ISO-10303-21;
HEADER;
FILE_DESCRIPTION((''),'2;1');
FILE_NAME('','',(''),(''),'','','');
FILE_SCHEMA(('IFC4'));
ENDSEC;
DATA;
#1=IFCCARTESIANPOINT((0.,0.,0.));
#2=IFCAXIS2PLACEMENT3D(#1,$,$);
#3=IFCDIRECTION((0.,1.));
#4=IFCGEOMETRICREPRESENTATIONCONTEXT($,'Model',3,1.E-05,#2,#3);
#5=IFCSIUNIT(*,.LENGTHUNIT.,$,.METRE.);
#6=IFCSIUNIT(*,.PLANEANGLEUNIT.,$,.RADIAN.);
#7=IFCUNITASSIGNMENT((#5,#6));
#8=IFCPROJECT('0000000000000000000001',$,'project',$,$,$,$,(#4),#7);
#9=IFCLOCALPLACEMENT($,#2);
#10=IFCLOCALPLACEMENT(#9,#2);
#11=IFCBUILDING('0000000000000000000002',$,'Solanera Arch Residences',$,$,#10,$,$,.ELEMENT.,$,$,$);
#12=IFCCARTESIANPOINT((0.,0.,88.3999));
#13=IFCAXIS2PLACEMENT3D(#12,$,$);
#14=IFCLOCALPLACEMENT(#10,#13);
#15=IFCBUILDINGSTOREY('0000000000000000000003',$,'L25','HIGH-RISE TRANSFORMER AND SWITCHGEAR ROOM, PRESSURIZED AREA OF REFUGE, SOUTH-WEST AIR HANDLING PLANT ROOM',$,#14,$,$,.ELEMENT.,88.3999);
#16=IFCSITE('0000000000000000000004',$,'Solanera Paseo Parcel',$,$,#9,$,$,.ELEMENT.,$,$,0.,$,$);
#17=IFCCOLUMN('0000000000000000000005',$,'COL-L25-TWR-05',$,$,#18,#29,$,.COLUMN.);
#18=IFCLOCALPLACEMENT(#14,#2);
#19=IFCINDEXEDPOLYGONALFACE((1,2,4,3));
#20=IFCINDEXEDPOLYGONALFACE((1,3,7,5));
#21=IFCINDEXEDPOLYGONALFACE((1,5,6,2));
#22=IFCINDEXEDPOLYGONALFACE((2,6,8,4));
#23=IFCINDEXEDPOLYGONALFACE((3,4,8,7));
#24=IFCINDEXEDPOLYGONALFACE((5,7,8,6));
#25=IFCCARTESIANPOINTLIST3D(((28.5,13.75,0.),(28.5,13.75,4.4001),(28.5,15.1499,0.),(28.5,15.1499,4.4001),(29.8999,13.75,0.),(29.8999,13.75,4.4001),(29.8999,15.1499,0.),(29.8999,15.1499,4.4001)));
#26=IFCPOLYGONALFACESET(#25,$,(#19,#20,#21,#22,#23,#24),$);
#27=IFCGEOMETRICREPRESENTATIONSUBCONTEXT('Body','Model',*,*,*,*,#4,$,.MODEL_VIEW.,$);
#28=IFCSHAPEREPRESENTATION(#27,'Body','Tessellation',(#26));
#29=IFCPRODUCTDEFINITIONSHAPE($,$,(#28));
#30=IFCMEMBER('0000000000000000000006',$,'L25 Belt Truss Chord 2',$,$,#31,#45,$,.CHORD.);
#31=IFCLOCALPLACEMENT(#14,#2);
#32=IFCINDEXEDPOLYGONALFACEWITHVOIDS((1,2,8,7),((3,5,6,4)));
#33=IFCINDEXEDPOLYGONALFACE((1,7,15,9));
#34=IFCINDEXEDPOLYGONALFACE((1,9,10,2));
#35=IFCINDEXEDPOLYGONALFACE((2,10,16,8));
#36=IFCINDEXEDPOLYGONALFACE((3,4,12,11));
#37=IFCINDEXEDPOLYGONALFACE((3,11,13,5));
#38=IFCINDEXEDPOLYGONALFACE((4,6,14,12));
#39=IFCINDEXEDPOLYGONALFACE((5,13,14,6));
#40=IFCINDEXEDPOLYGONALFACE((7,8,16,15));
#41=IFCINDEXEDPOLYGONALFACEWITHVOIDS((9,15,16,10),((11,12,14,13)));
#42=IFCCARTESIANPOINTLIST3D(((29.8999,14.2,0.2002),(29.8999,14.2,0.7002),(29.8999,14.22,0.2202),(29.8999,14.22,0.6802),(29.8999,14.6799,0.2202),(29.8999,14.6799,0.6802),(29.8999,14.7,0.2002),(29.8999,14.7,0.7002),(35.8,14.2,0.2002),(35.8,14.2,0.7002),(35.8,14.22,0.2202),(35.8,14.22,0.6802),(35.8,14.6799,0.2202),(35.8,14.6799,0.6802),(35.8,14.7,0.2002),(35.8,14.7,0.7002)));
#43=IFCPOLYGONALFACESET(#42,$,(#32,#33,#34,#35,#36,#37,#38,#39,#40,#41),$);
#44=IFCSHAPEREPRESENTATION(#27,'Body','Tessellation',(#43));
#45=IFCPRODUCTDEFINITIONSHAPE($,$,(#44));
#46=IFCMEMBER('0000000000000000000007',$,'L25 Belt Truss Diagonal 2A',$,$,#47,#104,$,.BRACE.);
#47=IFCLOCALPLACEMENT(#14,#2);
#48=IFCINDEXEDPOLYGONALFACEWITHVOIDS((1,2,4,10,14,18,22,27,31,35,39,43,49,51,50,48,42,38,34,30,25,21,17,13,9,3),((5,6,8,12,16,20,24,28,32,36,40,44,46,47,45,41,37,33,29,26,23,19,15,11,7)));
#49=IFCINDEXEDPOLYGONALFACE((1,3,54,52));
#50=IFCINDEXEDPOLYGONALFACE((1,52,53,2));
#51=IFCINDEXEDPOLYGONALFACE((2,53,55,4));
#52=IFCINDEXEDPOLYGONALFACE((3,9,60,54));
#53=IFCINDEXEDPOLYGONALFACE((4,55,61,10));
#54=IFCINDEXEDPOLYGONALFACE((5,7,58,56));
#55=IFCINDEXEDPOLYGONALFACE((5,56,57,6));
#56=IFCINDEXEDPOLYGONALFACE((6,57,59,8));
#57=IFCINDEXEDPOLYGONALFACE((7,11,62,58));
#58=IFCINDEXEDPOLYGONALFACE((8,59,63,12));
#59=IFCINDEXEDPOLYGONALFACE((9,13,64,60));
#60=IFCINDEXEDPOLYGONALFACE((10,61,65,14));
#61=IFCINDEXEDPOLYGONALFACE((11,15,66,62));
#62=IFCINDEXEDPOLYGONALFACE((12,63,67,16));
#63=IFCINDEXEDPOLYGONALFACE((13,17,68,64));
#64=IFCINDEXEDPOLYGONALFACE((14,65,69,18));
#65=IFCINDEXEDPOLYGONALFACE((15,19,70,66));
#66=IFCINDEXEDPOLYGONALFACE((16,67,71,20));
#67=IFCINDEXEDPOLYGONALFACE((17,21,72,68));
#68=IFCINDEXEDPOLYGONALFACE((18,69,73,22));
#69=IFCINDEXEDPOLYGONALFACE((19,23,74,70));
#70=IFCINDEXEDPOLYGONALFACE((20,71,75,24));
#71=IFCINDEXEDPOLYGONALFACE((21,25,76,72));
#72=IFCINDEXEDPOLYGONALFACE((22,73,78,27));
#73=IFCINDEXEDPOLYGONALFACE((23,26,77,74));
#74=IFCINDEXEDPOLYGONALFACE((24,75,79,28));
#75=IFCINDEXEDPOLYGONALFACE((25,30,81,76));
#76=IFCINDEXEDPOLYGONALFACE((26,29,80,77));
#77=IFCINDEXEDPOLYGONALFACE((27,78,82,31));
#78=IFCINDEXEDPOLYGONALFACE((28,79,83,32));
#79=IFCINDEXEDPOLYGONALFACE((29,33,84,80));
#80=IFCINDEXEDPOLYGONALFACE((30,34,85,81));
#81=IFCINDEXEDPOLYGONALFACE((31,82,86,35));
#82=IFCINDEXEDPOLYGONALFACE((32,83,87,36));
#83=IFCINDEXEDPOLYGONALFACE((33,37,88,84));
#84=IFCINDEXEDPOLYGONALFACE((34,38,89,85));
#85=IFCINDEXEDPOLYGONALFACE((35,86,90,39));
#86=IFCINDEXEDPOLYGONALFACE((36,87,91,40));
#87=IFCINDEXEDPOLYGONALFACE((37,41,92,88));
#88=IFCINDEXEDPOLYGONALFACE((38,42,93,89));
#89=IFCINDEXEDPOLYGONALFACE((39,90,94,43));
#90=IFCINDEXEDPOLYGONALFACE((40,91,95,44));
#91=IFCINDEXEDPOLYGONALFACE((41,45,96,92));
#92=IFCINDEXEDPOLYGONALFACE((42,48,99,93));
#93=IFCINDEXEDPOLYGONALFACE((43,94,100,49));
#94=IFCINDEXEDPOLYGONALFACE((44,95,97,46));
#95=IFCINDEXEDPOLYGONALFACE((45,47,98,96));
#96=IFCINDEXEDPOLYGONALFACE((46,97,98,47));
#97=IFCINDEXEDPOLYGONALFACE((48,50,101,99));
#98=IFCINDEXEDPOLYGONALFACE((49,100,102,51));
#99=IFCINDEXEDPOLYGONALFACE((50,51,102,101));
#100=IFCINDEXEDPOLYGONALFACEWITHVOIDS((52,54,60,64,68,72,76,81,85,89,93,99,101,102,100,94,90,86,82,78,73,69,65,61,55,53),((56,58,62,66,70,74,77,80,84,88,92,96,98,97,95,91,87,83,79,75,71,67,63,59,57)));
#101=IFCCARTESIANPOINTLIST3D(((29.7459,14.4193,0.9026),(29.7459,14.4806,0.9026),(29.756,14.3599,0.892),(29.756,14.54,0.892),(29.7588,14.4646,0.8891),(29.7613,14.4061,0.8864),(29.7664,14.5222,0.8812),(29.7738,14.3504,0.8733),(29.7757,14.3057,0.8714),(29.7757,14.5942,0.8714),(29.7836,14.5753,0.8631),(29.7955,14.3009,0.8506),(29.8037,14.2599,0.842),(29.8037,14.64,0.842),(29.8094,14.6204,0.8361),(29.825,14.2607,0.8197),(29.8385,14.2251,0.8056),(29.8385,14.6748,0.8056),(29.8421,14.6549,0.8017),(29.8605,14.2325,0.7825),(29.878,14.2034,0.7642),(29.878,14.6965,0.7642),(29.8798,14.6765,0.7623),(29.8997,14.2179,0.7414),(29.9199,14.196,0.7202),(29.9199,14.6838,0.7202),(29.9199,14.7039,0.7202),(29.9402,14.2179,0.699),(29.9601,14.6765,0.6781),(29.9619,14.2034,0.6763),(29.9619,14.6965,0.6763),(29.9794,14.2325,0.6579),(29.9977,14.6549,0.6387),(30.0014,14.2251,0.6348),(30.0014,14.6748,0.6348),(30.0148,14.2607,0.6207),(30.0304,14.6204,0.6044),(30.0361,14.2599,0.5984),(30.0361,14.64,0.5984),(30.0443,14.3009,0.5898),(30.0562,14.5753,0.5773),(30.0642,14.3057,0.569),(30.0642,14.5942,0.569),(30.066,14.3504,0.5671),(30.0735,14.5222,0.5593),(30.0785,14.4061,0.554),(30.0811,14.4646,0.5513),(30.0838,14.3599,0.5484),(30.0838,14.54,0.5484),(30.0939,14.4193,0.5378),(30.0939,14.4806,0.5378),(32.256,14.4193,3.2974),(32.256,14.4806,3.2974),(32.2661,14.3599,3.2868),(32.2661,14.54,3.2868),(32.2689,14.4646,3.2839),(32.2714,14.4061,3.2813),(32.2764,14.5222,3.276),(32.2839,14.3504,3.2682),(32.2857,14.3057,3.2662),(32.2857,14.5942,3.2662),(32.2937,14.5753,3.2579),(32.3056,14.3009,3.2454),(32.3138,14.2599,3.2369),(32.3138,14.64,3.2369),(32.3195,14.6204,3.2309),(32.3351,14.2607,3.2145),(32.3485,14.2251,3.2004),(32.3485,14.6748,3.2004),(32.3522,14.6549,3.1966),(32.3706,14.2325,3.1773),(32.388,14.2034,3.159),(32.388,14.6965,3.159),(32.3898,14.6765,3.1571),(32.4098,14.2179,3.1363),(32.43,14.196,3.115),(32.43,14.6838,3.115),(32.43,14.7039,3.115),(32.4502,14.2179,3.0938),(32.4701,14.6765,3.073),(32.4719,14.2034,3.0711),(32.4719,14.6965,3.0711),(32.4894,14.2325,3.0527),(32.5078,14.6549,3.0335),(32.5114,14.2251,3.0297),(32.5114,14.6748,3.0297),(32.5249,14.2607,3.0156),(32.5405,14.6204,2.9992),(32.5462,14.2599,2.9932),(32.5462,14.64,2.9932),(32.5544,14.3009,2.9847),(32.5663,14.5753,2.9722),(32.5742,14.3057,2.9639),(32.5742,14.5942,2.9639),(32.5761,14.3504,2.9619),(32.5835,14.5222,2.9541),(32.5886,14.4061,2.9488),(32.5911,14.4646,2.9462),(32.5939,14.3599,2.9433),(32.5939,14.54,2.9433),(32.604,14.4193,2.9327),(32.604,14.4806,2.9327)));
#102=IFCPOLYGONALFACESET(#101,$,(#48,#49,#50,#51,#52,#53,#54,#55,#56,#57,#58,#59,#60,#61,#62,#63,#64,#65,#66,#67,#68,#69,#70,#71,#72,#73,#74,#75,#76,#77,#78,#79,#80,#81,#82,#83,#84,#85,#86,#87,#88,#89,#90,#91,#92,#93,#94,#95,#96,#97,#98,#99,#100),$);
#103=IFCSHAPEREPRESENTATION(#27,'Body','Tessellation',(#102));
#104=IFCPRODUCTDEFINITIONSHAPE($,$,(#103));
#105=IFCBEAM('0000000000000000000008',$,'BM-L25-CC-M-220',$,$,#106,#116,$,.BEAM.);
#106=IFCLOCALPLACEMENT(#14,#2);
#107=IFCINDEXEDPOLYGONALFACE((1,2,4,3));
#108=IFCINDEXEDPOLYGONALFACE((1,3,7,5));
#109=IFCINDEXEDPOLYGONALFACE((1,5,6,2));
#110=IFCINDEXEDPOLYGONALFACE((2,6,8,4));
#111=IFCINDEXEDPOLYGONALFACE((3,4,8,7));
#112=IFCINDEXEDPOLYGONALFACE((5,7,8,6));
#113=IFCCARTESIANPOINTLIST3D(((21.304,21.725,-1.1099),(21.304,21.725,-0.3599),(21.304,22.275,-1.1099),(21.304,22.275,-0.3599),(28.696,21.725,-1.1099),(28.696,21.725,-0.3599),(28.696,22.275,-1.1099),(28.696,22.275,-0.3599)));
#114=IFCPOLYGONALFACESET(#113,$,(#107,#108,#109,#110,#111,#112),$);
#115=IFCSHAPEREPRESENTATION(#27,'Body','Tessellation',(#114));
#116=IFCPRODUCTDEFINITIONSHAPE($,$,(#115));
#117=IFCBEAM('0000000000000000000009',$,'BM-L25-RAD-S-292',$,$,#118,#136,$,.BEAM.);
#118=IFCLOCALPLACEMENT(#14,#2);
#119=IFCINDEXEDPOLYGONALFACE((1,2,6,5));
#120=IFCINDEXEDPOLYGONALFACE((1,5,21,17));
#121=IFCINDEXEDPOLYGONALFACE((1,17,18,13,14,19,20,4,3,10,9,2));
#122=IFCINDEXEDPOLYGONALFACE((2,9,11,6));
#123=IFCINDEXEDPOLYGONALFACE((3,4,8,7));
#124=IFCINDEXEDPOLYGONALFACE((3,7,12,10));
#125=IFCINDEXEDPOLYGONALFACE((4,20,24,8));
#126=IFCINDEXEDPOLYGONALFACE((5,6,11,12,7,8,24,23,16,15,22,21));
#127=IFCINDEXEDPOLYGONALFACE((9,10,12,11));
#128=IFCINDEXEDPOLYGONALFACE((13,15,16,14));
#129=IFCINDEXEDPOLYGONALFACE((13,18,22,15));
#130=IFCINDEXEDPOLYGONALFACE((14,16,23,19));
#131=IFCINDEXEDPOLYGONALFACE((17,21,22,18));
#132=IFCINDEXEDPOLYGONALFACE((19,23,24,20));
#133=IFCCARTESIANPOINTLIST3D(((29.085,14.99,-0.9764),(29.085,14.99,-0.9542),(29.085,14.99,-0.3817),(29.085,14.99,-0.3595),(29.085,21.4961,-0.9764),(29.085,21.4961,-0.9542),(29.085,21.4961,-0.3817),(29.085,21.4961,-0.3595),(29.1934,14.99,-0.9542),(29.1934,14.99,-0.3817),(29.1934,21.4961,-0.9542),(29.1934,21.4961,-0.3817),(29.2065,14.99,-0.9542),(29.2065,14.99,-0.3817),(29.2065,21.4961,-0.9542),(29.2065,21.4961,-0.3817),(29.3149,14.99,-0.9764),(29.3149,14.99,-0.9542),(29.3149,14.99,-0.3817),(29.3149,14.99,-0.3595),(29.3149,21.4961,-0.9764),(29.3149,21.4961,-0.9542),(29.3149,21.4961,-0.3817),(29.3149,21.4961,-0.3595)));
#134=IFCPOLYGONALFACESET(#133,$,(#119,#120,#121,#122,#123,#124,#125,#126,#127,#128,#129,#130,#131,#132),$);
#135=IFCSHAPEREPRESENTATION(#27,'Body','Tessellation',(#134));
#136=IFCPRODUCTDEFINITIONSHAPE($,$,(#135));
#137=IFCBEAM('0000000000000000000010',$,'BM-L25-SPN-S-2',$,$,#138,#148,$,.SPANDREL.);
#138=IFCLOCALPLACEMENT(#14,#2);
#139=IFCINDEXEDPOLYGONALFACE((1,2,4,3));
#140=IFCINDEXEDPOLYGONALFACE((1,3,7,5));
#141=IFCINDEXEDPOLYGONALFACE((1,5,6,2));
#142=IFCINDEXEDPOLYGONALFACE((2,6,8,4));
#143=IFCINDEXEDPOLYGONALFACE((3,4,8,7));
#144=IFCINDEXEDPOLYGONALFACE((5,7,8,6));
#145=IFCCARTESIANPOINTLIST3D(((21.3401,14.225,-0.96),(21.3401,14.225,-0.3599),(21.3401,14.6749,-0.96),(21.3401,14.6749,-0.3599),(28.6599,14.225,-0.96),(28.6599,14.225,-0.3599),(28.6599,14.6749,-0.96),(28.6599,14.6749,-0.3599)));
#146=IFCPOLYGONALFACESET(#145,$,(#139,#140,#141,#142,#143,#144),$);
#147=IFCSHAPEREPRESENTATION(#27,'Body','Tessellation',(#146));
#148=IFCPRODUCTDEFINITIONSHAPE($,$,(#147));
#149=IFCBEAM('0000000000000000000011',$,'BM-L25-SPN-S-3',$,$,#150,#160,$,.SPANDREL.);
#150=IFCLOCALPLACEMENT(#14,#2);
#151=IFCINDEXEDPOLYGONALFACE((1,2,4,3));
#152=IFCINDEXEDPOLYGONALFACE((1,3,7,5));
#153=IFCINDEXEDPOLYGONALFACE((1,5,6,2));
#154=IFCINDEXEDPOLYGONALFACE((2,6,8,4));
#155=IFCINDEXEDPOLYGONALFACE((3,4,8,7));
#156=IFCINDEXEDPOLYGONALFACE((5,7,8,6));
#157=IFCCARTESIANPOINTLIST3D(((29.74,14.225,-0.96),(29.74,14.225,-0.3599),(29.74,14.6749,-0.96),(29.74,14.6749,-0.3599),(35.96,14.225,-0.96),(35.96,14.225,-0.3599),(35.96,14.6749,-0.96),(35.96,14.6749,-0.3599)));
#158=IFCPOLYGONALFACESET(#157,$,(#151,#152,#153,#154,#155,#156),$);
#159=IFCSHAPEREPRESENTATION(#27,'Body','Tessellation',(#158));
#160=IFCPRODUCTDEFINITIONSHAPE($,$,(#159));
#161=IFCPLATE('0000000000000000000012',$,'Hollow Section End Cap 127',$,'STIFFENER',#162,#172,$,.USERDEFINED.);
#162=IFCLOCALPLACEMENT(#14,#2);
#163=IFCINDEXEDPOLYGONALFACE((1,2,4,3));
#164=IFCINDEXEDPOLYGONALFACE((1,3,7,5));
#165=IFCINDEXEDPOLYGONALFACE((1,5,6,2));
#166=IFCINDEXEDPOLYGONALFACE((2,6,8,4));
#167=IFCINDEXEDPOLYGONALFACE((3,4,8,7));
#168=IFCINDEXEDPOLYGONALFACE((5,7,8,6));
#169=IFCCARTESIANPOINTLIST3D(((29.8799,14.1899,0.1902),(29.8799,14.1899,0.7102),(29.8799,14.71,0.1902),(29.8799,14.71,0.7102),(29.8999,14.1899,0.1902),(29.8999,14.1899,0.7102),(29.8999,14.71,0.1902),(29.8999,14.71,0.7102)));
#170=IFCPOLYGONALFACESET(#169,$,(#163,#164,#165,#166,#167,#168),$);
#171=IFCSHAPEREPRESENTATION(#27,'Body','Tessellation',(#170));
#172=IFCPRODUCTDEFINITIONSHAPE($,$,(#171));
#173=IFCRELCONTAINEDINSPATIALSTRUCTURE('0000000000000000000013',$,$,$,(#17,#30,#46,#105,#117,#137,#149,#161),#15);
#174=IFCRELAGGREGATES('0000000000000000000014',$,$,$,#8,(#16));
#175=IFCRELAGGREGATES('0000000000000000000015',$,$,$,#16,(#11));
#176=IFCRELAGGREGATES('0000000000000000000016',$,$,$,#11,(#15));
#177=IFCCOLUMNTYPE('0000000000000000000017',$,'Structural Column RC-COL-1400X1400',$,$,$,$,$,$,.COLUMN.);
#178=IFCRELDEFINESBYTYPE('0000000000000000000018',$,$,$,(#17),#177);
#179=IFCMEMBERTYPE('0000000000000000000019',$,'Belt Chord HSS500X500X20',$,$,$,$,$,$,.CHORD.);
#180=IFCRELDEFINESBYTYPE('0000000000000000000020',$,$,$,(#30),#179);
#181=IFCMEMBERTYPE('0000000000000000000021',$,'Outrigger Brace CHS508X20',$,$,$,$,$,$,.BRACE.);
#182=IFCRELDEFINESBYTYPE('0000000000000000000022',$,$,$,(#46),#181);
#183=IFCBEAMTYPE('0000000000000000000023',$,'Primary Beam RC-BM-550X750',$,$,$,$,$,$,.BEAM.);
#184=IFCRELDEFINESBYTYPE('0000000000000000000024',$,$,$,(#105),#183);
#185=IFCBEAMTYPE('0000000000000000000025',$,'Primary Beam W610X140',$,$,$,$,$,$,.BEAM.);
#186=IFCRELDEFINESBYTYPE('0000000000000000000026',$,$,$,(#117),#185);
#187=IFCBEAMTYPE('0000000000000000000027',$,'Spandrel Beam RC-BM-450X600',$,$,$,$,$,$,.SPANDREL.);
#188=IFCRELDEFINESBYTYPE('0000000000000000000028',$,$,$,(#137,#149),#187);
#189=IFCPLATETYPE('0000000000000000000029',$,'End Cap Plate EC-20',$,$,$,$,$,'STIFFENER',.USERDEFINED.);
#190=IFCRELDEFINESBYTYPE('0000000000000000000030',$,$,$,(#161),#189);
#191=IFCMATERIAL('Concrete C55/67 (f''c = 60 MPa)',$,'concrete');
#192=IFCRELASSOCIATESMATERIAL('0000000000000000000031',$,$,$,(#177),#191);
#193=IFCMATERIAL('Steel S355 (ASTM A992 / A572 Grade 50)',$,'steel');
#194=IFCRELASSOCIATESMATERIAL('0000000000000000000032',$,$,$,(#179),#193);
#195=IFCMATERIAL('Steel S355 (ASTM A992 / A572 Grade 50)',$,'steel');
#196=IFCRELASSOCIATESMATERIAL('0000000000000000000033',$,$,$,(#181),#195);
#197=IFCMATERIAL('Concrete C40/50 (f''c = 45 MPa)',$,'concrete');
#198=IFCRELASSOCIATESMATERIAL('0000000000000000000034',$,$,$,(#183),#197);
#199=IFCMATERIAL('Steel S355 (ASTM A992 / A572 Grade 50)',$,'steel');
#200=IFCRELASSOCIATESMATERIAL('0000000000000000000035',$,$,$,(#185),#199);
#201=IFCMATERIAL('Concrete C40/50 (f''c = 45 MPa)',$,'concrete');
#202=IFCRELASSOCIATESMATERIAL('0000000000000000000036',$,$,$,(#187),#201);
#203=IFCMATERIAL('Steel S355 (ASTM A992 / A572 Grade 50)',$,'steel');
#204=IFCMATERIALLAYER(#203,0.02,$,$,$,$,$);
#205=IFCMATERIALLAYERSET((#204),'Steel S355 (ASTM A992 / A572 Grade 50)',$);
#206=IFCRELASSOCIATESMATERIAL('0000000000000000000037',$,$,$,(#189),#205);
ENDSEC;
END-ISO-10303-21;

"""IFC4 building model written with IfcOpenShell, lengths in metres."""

from ifc_helpers import new_model, si_unit, direction, frame, origin, origin_2d, place, context, subcontext, project, spatial, rectangle, hollow_rectangle, hollow_circle, i_section, extrude, material, layer, layer_set, material_profile, profile_set, type_object, element, save


model = new_model("IFC4")

# Units and contexts
model_context = context("Model", 3, precision=1e-05, world=origin(), true_north=direction((0.0, 1.0)))
body_context = subcontext(model_context, "Body", "Model", "MODEL_VIEW")
ifc_project = project(units=[si_unit("LENGTHUNIT", "METRE"), si_unit("PLANEANGLEUNIT", "RADIAN")], contexts=[model_context])

# Site, building, storey
site_placement = place(None, origin())
site = spatial("IfcSite", under=ifc_project, at=site_placement, Name="Solanera Paseo Parcel", CompositionType="ELEMENT", RefElevation=0.0)
building_placement = place(site_placement, origin())
building = spatial("IfcBuilding", under=site, at=building_placement, Name="Solanera Arch Residences", CompositionType="ELEMENT")
storey_placement = place(building_placement, frame((0.0, 0.0, 88.3999)))
storey = spatial("IfcBuildingStorey", under=building, at=storey_placement, Name="L25", Description="HIGH-RISE TRANSFORMER AND SWITCHGEAR ROOM, PRESSURIZED AREA OF REFUGE, SOUTH-WEST AIR HANDLING PLANT ROOM", CompositionType="ELEMENT", Elevation=88.3999)

# Column
ifc_material_1 = material(Name="Concrete C55/67 (f'c = 60 MPa)", Category="concrete")
ifc_material_profile_1 = material_profile(ifc_material_1, rectangle(XDim=1.3999, YDim=1.3999, at=origin_2d()))
ifc_profile_set_1 = profile_set([ifc_material_profile_1], Name="Concrete C55/67 (f'c = 60 MPa)")
column_type = type_object("IfcColumnType", Name="Structural Column RC-COL-1400X1400", PredefinedType="COLUMN", material=ifc_profile_set_1)
column_placement = place(storey_placement, frame((29.2, 14.45, 0.0), z_axis=(0.0, 0.0, 1.0), x_axis=(1.0, 0.0, 0.0)))
element("IfcColumn", 1, at=column_placement, inside=storey, type_object=column_type, Name="COL-L25-TWR-05", PredefinedType="COLUMN", context=body_context, shape_type="SweptSolid", body=[
    extrude(rectangle(XDim=1.3999, YDim=1.3999, at=origin_2d()), origin(), (0.0, 0.0, 1.0), 4.4001),
])

# Members
ifc_material_2 = material(Name="Steel S355 (ASTM A992 / A572 Grade 50)", Category="steel")
ifc_material_profile_2 = material_profile(ifc_material_2, hollow_rectangle(XDim=0.5, YDim=0.5, WallThickness=0.02, at=origin_2d()))
ifc_profile_set_2 = profile_set([ifc_material_profile_2], Name="Steel S355 (ASTM A992 / A572 Grade 50)")
member_type_1 = type_object("IfcMemberType", Name="Belt Chord HSS500X500X20", PredefinedType="CHORD", material=ifc_profile_set_2)
member_1_placement = place(storey_placement, frame((29.8999, 14.45, 0.4502), z_axis=(1.0, 0.0, 0.0), x_axis=(0.0, 1.0, 0.0)))
element("IfcMember", 2, at=member_1_placement, inside=storey, type_object=member_type_1, Name="L25 Belt Truss Chord 2", PredefinedType="CHORD", context=body_context, shape_type="SweptSolid", body=[
    extrude(hollow_rectangle(XDim=0.5, YDim=0.5, WallThickness=0.02, at=origin_2d()), origin(), (0.0, 0.0, 1.0), 5.9001),
])
ifc_material_3 = material(Name="Steel S355 (ASTM A992 / A572 Grade 50)", Category="steel")
ifc_material_profile_3 = material_profile(ifc_material_3, hollow_circle(Radius=0.2539, WallThickness=0.02, at=origin_2d()))
ifc_profile_set_3 = profile_set([ifc_material_profile_3], Name="Steel S355 (ASTM A992 / A572 Grade 50)")
member_type_2 = type_object("IfcMemberType", Name="Outrigger Brace CHS508X20", PredefinedType="BRACE", material=ifc_profile_set_3)
member_2_placement = place(storey_placement, frame((29.9199, 14.45, 0.7202), z_axis=(0.72352, 0.0, 0.690303), x_axis=(0.0, 1.0, 0.0)))
element("IfcMember", 3, at=member_2_placement, inside=storey, type_object=member_type_2, Name="L25 Belt Truss Diagonal 2A", PredefinedType="BRACE", context=body_context, shape_type="SweptSolid", body=[
    extrude(hollow_circle(Radius=0.2539, WallThickness=0.02, at=origin_2d()), origin(), (0.0, 0.0, 1.0), 3.4692),
])

# Beams
ifc_material_4 = material(Name="Concrete C40/50 (f'c = 45 MPa)", Category="concrete")
ifc_material_profile_4 = material_profile(ifc_material_4, rectangle(XDim=0.55, YDim=0.75, at=origin_2d()))
ifc_profile_set_4 = profile_set([ifc_material_profile_4], Name="Concrete C40/50 (f'c = 45 MPa)")
beam_type_1 = type_object("IfcBeamType", Name="Primary Beam RC-BM-550X750", PredefinedType="BEAM", material=ifc_profile_set_4)
beam_1_placement = place(storey_placement, frame((21.304, 22.0, -0.7349), z_axis=(1.0, 0.0, 0.0), x_axis=(0.0, 1.0, 0.0)))
element("IfcBeam", 4, at=beam_1_placement, inside=storey, type_object=beam_type_1, Name="BM-L25-CC-M-220", PredefinedType="BEAM", context=body_context, shape_type="SweptSolid", body=[
    extrude(rectangle(XDim=0.55, YDim=0.75, at=origin_2d()), origin(), (0.0, 0.0, 1.0), 7.3921),
])
ifc_material_5 = material(Name="Steel S355 (ASTM A992 / A572 Grade 50)", Category="steel")
ifc_material_profile_5 = material_profile(ifc_material_5, i_section(OverallWidth=0.23, OverallDepth=0.6169, WebThickness=0.0132, FlangeThickness=0.0222, at=origin_2d()))
ifc_profile_set_5 = profile_set([ifc_material_profile_5], Name="Steel S355 (ASTM A992 / A572 Grade 50)")
beam_type_2 = type_object("IfcBeamType", Name="Primary Beam W610X140", PredefinedType="BEAM", material=ifc_profile_set_5)
beam_2_placement = place(storey_placement, frame((29.2, 14.99, -0.668), z_axis=(0.0, 1.0, 0.0), x_axis=(-1.0, 0.0, 0.0)))
element("IfcBeam", 5, at=beam_2_placement, inside=storey, type_object=beam_type_2, Name="BM-L25-RAD-S-292", PredefinedType="BEAM", context=body_context, shape_type="SweptSolid", body=[
    extrude(i_section(OverallWidth=0.23, OverallDepth=0.6169, WebThickness=0.0132, FlangeThickness=0.0222, at=origin_2d()), origin(), (0.0, 0.0, 1.0), 6.5061),
])
ifc_material_6 = material(Name="Concrete C40/50 (f'c = 45 MPa)", Category="concrete")
ifc_material_profile_6 = material_profile(ifc_material_6, rectangle(XDim=0.45, YDim=0.6001, at=origin_2d()))
ifc_profile_set_6 = profile_set([ifc_material_profile_6], Name="Concrete C40/50 (f'c = 45 MPa)")
beam_type_3 = type_object("IfcBeamType", Name="Spandrel Beam RC-BM-450X600", PredefinedType="SPANDREL", material=ifc_profile_set_6)
beam_3_placement = place(storey_placement, frame((21.3401, 14.45, -0.6599), z_axis=(1.0, 0.0, 0.0), x_axis=(0.0, 1.0, 0.0)))
element("IfcBeam", 6, at=beam_3_placement, inside=storey, type_object=beam_type_3, Name="BM-L25-SPN-S-2", PredefinedType="SPANDREL", context=body_context, shape_type="SweptSolid", body=[
    extrude(rectangle(XDim=0.45, YDim=0.6001, at=origin_2d()), origin(), (0.0, 0.0, 1.0), 7.3198),
])
beam_4_placement = place(storey_placement, frame((29.74, 14.45, -0.6599), z_axis=(1.0, 0.0, 0.0), x_axis=(0.0, 1.0, 0.0)))
element("IfcBeam", 7, at=beam_4_placement, inside=storey, type_object=beam_type_3, Name="BM-L25-SPN-S-3", PredefinedType="SPANDREL", context=body_context, shape_type="SweptSolid", body=[
    extrude(rectangle(XDim=0.45, YDim=0.6001, at=origin_2d()), origin(), (0.0, 0.0, 1.0), 6.22),
])

# Plate
ifc_material_7 = material(Name="Steel S355 (ASTM A992 / A572 Grade 50)", Category="steel")
ifc_layer_1 = layer(ifc_material_7, 0.02)
ifc_layer_set_1 = layer_set([ifc_layer_1], Name="Steel S355 (ASTM A992 / A572 Grade 50)")
plate_type = type_object("IfcPlateType", Name="End Cap Plate EC-20", ElementType="STIFFENER", PredefinedType="USERDEFINED", material=ifc_layer_set_1)
plate_placement = place(storey_placement, frame((29.8899, 14.45, 0.1902), z_axis=(0.0, 0.0, 1.0), x_axis=(-1.0, 0.0, 0.0)))
element("IfcPlate", 8, at=plate_placement, inside=storey, type_object=plate_type, Name="Hollow Section End Cap 127", ObjectType="STIFFENER", PredefinedType="USERDEFINED", context=body_context, shape_type="SweptSolid", body=[
    extrude(rectangle(XDim=0.02, YDim=0.52, at=origin_2d()), origin(), (0.0, 0.0, 1.0), 0.52),
])

save(model, "model.ifc")
